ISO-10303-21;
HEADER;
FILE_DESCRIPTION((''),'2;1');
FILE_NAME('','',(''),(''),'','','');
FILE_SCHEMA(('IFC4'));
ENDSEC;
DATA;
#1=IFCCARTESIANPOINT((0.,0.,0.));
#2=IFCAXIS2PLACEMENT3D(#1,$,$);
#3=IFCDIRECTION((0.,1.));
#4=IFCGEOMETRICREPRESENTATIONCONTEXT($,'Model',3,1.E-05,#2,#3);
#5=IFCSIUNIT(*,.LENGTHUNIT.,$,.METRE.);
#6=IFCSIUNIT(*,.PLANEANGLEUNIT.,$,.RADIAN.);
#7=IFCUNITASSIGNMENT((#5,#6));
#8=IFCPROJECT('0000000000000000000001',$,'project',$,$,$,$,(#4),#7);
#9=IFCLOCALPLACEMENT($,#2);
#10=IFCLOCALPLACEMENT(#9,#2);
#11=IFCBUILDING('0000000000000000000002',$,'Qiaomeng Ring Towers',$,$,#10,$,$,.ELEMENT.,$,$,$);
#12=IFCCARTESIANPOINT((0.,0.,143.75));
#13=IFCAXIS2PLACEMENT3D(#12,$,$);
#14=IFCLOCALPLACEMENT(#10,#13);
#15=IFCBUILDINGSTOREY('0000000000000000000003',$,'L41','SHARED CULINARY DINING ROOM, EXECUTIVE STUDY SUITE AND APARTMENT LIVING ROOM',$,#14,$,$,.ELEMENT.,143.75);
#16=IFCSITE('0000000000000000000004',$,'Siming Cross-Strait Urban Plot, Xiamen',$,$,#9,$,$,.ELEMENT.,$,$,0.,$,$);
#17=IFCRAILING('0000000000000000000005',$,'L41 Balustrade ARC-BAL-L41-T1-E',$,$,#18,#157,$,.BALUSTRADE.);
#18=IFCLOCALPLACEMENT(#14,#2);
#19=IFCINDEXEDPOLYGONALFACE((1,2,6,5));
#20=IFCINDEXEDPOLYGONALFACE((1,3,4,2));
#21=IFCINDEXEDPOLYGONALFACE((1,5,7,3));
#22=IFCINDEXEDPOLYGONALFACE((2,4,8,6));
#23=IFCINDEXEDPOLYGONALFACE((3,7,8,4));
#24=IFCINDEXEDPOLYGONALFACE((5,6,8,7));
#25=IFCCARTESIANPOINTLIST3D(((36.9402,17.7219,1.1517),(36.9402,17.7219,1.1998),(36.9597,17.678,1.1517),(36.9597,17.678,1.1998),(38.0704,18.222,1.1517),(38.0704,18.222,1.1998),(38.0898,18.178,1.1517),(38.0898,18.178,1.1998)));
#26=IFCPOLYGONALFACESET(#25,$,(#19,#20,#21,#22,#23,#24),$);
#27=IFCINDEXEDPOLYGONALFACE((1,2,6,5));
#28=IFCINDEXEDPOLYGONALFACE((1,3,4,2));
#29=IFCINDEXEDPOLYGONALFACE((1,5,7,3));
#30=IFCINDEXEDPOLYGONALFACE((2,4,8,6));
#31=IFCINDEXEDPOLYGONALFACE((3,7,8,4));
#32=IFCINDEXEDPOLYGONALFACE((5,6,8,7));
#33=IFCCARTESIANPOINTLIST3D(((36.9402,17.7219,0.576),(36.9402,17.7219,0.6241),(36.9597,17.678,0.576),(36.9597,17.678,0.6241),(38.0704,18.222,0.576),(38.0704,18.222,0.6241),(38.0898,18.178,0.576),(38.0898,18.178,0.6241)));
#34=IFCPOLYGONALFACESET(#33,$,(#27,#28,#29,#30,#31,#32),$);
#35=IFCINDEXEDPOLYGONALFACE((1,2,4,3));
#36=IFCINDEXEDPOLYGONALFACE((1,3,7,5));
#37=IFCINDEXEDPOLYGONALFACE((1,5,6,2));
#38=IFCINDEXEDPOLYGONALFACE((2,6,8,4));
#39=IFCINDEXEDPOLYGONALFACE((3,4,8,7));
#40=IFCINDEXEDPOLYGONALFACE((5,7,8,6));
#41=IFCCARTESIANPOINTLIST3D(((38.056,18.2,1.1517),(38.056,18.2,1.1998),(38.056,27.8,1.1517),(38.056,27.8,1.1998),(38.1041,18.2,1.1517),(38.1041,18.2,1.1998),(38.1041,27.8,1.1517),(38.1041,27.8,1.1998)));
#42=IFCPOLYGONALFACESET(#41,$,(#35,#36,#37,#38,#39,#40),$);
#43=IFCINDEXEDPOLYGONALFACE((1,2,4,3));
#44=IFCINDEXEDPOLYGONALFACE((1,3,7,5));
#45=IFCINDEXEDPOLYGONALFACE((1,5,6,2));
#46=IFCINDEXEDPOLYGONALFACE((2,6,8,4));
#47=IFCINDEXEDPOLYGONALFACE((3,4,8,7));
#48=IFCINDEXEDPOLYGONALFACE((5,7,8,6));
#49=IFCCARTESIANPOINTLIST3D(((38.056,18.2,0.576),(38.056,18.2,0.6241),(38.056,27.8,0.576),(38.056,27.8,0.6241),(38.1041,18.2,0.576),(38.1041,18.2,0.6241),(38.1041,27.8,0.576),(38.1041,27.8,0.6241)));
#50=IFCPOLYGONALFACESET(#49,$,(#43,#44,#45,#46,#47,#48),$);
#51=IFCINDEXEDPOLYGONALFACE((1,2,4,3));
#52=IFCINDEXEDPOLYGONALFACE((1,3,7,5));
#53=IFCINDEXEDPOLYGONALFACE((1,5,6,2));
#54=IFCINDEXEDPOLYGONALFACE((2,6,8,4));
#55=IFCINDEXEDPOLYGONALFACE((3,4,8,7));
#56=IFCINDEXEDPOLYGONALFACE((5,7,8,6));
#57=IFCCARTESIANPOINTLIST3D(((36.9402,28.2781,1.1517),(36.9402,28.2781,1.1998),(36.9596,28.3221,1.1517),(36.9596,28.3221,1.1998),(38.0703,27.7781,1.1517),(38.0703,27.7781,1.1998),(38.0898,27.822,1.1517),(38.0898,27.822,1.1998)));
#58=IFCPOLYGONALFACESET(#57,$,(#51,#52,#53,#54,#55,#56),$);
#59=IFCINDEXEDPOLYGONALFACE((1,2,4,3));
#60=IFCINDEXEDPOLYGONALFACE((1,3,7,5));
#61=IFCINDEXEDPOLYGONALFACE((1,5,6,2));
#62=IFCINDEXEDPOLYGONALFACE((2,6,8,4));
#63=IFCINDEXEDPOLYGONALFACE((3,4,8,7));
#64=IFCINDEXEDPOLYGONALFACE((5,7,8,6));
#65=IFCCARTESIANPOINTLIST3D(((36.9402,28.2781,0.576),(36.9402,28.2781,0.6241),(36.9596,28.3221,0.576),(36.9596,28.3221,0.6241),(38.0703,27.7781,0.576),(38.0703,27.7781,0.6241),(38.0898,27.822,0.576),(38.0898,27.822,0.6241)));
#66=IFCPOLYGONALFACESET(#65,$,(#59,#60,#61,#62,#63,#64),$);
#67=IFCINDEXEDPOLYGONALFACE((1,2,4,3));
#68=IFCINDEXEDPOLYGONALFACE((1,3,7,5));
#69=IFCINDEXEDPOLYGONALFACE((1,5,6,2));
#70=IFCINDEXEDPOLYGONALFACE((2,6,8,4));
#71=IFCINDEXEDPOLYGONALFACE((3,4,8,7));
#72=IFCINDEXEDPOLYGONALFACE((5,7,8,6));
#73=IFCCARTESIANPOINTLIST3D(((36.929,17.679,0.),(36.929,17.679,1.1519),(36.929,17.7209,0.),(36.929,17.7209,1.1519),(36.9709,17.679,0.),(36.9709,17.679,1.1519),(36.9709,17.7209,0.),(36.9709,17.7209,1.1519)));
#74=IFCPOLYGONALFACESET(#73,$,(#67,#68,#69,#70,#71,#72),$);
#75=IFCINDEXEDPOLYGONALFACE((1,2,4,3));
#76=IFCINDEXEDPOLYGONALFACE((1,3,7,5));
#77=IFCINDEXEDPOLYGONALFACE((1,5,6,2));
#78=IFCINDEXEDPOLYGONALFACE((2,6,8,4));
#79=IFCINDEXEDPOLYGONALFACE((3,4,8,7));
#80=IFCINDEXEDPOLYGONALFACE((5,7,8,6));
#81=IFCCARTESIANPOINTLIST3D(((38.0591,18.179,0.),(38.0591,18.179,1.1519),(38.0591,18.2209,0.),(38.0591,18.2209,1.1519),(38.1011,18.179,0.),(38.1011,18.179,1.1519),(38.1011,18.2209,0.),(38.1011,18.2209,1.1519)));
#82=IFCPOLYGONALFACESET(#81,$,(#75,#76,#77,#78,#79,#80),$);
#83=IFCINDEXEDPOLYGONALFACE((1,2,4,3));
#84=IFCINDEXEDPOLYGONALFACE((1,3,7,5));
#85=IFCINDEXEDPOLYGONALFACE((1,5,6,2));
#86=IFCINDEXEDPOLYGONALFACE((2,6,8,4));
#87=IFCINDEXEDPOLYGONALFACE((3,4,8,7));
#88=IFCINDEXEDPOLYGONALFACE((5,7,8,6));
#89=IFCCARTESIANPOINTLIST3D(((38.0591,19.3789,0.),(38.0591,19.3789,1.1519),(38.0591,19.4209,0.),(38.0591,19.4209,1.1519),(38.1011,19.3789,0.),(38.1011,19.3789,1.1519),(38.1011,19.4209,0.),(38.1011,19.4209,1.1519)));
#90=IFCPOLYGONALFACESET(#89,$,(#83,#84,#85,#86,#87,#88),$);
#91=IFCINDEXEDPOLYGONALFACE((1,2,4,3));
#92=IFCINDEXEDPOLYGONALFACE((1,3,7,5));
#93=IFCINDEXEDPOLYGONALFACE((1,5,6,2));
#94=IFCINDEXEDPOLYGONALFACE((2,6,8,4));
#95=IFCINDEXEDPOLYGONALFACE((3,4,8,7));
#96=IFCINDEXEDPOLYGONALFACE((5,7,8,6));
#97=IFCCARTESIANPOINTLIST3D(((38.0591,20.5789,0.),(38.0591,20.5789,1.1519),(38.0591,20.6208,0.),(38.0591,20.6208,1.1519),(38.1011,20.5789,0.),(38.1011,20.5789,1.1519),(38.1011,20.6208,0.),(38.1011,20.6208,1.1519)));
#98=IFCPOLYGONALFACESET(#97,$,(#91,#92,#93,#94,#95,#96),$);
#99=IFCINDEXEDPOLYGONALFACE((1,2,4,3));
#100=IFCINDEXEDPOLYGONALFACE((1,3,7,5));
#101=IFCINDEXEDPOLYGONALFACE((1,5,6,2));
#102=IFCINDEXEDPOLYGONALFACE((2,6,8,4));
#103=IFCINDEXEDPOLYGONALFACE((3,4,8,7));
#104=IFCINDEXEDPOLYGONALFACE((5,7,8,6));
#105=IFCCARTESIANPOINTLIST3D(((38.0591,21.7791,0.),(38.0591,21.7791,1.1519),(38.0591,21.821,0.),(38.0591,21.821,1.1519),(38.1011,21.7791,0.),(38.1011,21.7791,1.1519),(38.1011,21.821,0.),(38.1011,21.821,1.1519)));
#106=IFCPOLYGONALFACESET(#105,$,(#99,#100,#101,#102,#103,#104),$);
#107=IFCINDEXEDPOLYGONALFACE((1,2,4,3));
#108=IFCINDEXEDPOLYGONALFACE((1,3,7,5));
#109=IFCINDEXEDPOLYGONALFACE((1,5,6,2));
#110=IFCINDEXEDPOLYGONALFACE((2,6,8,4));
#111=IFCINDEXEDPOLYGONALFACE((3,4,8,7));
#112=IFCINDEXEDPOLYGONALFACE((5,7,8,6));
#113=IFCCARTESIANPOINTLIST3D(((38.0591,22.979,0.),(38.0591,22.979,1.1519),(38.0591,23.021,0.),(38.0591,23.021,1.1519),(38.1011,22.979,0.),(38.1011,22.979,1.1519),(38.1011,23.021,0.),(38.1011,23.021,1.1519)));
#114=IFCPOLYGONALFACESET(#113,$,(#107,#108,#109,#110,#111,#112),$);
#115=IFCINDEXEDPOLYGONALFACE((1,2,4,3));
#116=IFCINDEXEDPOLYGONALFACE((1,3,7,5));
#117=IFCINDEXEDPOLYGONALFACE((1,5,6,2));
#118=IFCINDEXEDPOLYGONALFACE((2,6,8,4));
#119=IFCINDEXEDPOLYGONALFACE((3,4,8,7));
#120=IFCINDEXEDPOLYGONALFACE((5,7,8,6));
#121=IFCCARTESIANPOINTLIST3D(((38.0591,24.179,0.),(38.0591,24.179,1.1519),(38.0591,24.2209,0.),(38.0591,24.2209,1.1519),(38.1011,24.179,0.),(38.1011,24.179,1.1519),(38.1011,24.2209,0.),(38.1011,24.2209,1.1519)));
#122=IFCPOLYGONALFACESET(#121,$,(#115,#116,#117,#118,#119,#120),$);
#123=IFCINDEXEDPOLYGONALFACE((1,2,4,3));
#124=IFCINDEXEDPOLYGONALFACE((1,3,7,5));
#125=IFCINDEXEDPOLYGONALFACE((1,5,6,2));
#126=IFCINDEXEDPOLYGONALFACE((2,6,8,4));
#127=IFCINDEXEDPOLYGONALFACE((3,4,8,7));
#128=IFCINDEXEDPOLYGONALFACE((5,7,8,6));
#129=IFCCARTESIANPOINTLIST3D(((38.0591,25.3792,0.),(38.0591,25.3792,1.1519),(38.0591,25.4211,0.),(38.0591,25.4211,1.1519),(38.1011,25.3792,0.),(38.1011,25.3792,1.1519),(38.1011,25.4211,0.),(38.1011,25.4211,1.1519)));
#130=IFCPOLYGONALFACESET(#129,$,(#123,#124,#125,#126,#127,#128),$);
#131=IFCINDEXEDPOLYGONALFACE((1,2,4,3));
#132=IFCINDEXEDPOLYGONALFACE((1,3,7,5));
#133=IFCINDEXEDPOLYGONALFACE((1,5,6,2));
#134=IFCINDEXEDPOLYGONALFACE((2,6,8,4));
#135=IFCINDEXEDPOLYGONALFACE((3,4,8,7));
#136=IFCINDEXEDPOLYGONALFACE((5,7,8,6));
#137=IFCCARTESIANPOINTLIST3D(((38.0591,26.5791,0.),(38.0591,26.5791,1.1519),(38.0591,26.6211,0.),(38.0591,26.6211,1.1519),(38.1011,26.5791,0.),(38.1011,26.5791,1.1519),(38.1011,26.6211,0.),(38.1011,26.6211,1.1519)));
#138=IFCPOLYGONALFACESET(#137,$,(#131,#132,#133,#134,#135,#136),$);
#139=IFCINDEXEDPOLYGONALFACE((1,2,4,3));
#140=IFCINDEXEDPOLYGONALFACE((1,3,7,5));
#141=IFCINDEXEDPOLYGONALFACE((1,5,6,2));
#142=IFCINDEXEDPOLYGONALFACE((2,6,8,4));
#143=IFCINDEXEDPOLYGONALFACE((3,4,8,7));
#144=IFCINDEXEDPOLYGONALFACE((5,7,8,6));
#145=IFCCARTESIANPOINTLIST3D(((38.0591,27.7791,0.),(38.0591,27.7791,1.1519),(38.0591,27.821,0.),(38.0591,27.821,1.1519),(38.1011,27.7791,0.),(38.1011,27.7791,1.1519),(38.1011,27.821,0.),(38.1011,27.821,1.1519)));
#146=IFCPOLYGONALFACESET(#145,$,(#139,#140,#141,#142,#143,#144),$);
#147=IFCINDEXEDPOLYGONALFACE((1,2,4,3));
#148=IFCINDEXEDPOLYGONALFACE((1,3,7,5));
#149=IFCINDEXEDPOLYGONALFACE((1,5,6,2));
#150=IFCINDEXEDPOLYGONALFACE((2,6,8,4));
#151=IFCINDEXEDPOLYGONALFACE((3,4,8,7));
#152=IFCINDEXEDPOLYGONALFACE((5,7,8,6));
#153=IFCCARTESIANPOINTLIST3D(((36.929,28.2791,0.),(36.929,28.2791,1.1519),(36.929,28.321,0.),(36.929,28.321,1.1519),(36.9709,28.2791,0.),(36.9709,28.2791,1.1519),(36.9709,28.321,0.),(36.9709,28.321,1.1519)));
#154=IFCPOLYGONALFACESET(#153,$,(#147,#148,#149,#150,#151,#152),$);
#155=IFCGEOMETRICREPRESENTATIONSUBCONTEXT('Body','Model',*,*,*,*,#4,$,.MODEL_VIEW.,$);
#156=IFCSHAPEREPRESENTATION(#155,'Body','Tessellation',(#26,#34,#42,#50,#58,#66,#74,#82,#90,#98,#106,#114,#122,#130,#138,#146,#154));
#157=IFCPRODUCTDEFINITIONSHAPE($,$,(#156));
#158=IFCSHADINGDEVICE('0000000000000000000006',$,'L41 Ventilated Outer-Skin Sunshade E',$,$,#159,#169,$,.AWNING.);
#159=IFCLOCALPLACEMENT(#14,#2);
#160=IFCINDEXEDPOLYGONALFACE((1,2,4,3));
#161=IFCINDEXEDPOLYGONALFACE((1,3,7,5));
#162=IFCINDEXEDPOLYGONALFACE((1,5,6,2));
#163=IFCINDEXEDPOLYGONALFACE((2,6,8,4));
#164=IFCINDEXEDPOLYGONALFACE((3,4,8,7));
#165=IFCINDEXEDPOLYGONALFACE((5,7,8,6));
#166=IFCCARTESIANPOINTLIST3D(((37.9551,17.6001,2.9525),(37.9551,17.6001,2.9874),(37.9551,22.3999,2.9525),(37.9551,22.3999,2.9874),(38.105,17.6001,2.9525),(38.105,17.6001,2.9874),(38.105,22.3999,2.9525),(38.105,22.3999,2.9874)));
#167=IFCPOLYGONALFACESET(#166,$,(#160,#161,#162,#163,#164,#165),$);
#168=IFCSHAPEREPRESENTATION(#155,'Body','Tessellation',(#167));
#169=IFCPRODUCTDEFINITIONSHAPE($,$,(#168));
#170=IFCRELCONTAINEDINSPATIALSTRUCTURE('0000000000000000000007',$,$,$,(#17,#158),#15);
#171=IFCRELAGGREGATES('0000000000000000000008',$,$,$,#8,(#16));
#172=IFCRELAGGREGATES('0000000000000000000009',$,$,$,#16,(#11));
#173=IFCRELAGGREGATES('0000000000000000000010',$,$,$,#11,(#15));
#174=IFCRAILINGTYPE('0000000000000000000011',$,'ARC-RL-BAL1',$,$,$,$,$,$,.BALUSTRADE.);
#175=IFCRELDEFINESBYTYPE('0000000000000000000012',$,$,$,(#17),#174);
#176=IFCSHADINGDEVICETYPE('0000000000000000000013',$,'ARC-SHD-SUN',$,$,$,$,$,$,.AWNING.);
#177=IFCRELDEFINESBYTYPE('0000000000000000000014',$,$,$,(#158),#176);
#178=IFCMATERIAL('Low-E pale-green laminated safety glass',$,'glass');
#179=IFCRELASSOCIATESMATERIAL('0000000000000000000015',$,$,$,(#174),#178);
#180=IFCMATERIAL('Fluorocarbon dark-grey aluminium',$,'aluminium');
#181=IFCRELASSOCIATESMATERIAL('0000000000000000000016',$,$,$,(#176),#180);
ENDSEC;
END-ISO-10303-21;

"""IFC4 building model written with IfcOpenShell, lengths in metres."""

from ifc_helpers import new_model, si_unit, direction, frame, origin, origin_2d, place, context, subcontext, project, spatial, rectangle, extrude, source, transform, mapped, material, material_profile, profile_set, type_object, element, save


model = new_model("IFC4")

# Units and contexts
model_context = context("Model", 3, precision=1e-05, world=origin(), true_north=direction((0.0, 1.0)))
body_context = subcontext(model_context, "Body", "Model", "MODEL_VIEW")
ifc_project = project(units=[si_unit("LENGTHUNIT", "METRE"), si_unit("PLANEANGLEUNIT", "RADIAN")], contexts=[model_context])

# Site, building, storey
site_placement = place(None, origin())
site = spatial("IfcSite", under=ifc_project, at=site_placement, Name="Siming Cross-Strait Urban Plot, Xiamen", CompositionType="ELEMENT", RefElevation=0.0)
building_placement = place(site_placement, origin())
building = spatial("IfcBuilding", under=site, at=building_placement, Name="Qiaomeng Ring Towers", CompositionType="ELEMENT")
storey_placement = place(building_placement, frame((0.0, 0.0, 143.75)))
storey = spatial("IfcBuildingStorey", under=building, at=storey_placement, Name="L41", Description="SHARED CULINARY DINING ROOM, EXECUTIVE STUDY SUITE AND APARTMENT LIVING ROOM", CompositionType="ELEMENT", Elevation=143.75)

# Railing
ifc_material_1 = material(Name="Low-E pale-green laminated safety glass", Category="glass")
railing_type = type_object("IfcRailingType", Name="ARC-RL-BAL1", PredefinedType="BALUSTRADE", material=ifc_material_1)
railing_placement = place(storey_placement, frame((36.95, 17.7, 0.0)))
element("IfcRailing", 1, at=railing_placement, inside=storey, type_object=railing_type, Name="L41 Balustrade ARC-BAL-L41-T1-E", PredefinedType="BALUSTRADE", context=body_context, shape_type="SweptSolid", body=[
    extrude(rectangle(XDim=0.0481, YDim=0.0481, at=origin_2d()), frame((0.0, 0.0, 1.1758), z_axis=(0.914495, 0.404598, 0.0), x_axis=(-0.404598, 0.914495, 0.0)), (0.0, 0.0, 1.0), 1.2358),
    extrude(rectangle(XDim=0.0481, YDim=0.0481, at=origin_2d()), frame((0.0, 0.0, 0.6001), z_axis=(0.914495, 0.404598, 0.0), x_axis=(-0.404598, 0.914495, 0.0)), (0.0, 0.0, 1.0), 1.2358),
    extrude(rectangle(XDim=0.0481, YDim=0.0481, at=origin_2d()), frame((1.1301, 0.5, 1.1758), z_axis=(0.0, 1.0, 0.0), x_axis=(-1.0, 0.0, 0.0)), (0.0, 0.0, 1.0), 9.6001),
    extrude(rectangle(XDim=0.0481, YDim=0.0481, at=origin_2d()), frame((1.1301, 0.5, 0.6001), z_axis=(0.0, 1.0, 0.0), x_axis=(-1.0, 0.0, 0.0)), (0.0, 0.0, 1.0), 9.6001),
    extrude(rectangle(XDim=0.0481, YDim=0.0481, at=origin_2d()), frame((1.1301, 10.1001, 1.1758), z_axis=(-0.914495, 0.404598, 0.0), x_axis=(-0.404598, -0.914495, 0.0)), (0.0, 0.0, 1.0), 1.2358),
    extrude(rectangle(XDim=0.0481, YDim=0.0481, at=origin_2d()), frame((1.1301, 10.1001, 0.6001), z_axis=(-0.914495, 0.404598, 0.0), x_axis=(-0.404598, -0.914495, 0.0)), (0.0, 0.0, 1.0), 1.2358),
    extrude(rectangle(XDim=0.042, YDim=0.042, at=origin_2d()), origin(), (0.0, 0.0, 1.0), 1.1519),
    extrude(rectangle(XDim=0.042, YDim=0.042, at=origin_2d()), frame((1.1301, 0.5, 0.0)), (0.0, 0.0, 1.0), 1.1519),
    extrude(rectangle(XDim=0.042, YDim=0.042, at=origin_2d()), frame((1.1301, 1.7, 0.0)), (0.0, 0.0, 1.0), 1.1519),
    extrude(rectangle(XDim=0.042, YDim=0.042, at=origin_2d()), frame((1.1301, 2.8999, 0.0)), (0.0, 0.0, 1.0), 1.1519),
    extrude(rectangle(XDim=0.042, YDim=0.042, at=origin_2d()), frame((1.1301, 4.1001, 0.0)), (0.0, 0.0, 1.0), 1.1519),
    extrude(rectangle(XDim=0.042, YDim=0.042, at=origin_2d()), frame((1.1301, 5.3, 0.0)), (0.0, 0.0, 1.0), 1.1519),
    extrude(rectangle(XDim=0.042, YDim=0.042, at=origin_2d()), frame((1.1301, 6.5, 0.0)), (0.0, 0.0, 1.0), 1.1519),
    extrude(rectangle(XDim=0.042, YDim=0.042, at=origin_2d()), frame((1.1301, 7.7002, 0.0)), (0.0, 0.0, 1.0), 1.1519),
    extrude(rectangle(XDim=0.042, YDim=0.042, at=origin_2d()), frame((1.1301, 8.9001, 0.0)), (0.0, 0.0, 1.0), 1.1519),
    extrude(rectangle(XDim=0.042, YDim=0.042, at=origin_2d()), frame((1.1301, 10.1001, 0.0)), (0.0, 0.0, 1.0), 1.1519),
    extrude(rectangle(XDim=0.042, YDim=0.042, at=origin_2d()), frame((0.0, 10.6001, 0.0)), (0.0, 0.0, 1.0), 1.1519),
])

# Shading device
ifc_material_2 = material(Name="Fluorocarbon dark-grey aluminium", Category="aluminium")
ifc_material_profile_1 = material_profile(ifc_material_2, rectangle(XDim=0.1499, YDim=0.0349, at=origin_2d()), Name="LV BLADE 150x35")
ifc_profile_set_1 = profile_set([ifc_material_profile_1], Name="Fluorocarbon dark-grey aluminium")
shading_device_type = type_object("IfcShadingDeviceType", Name="ARC-SHD-SUN", PredefinedType="AWNING", material=ifc_profile_set_1)
shared_shape_1 = source(origin(), body_context, "Body", "SweptSolid", [
    extrude(rectangle(XDim=0.1499, YDim=0.0349, at=origin_2d()), origin(), (0.0, 0.0, 1.0), 4.7998),
])
shading_device_placement = place(storey_placement, frame((38.03, 17.6001, 2.97), z_axis=(0.0, 1.0, 0.0), x_axis=(-1.0, 0.0, 0.0)))
element("IfcShadingDevice", 2, at=shading_device_placement, inside=storey, type_object=shading_device_type, Name="L41 Ventilated Outer-Skin Sunshade E", PredefinedType="AWNING", context=body_context, shape_type="MappedRepresentation", body=[
    mapped(shared_shape_1, transform((0.0, 0.0, 0.0), x_axis=(1.0, 0.0, 0.0), y_axis=(0.0, 1.0, 0.0), z_axis=(0.0, 0.0, 1.0), scale=1.0)),
])

save(model, "model.ifc")
